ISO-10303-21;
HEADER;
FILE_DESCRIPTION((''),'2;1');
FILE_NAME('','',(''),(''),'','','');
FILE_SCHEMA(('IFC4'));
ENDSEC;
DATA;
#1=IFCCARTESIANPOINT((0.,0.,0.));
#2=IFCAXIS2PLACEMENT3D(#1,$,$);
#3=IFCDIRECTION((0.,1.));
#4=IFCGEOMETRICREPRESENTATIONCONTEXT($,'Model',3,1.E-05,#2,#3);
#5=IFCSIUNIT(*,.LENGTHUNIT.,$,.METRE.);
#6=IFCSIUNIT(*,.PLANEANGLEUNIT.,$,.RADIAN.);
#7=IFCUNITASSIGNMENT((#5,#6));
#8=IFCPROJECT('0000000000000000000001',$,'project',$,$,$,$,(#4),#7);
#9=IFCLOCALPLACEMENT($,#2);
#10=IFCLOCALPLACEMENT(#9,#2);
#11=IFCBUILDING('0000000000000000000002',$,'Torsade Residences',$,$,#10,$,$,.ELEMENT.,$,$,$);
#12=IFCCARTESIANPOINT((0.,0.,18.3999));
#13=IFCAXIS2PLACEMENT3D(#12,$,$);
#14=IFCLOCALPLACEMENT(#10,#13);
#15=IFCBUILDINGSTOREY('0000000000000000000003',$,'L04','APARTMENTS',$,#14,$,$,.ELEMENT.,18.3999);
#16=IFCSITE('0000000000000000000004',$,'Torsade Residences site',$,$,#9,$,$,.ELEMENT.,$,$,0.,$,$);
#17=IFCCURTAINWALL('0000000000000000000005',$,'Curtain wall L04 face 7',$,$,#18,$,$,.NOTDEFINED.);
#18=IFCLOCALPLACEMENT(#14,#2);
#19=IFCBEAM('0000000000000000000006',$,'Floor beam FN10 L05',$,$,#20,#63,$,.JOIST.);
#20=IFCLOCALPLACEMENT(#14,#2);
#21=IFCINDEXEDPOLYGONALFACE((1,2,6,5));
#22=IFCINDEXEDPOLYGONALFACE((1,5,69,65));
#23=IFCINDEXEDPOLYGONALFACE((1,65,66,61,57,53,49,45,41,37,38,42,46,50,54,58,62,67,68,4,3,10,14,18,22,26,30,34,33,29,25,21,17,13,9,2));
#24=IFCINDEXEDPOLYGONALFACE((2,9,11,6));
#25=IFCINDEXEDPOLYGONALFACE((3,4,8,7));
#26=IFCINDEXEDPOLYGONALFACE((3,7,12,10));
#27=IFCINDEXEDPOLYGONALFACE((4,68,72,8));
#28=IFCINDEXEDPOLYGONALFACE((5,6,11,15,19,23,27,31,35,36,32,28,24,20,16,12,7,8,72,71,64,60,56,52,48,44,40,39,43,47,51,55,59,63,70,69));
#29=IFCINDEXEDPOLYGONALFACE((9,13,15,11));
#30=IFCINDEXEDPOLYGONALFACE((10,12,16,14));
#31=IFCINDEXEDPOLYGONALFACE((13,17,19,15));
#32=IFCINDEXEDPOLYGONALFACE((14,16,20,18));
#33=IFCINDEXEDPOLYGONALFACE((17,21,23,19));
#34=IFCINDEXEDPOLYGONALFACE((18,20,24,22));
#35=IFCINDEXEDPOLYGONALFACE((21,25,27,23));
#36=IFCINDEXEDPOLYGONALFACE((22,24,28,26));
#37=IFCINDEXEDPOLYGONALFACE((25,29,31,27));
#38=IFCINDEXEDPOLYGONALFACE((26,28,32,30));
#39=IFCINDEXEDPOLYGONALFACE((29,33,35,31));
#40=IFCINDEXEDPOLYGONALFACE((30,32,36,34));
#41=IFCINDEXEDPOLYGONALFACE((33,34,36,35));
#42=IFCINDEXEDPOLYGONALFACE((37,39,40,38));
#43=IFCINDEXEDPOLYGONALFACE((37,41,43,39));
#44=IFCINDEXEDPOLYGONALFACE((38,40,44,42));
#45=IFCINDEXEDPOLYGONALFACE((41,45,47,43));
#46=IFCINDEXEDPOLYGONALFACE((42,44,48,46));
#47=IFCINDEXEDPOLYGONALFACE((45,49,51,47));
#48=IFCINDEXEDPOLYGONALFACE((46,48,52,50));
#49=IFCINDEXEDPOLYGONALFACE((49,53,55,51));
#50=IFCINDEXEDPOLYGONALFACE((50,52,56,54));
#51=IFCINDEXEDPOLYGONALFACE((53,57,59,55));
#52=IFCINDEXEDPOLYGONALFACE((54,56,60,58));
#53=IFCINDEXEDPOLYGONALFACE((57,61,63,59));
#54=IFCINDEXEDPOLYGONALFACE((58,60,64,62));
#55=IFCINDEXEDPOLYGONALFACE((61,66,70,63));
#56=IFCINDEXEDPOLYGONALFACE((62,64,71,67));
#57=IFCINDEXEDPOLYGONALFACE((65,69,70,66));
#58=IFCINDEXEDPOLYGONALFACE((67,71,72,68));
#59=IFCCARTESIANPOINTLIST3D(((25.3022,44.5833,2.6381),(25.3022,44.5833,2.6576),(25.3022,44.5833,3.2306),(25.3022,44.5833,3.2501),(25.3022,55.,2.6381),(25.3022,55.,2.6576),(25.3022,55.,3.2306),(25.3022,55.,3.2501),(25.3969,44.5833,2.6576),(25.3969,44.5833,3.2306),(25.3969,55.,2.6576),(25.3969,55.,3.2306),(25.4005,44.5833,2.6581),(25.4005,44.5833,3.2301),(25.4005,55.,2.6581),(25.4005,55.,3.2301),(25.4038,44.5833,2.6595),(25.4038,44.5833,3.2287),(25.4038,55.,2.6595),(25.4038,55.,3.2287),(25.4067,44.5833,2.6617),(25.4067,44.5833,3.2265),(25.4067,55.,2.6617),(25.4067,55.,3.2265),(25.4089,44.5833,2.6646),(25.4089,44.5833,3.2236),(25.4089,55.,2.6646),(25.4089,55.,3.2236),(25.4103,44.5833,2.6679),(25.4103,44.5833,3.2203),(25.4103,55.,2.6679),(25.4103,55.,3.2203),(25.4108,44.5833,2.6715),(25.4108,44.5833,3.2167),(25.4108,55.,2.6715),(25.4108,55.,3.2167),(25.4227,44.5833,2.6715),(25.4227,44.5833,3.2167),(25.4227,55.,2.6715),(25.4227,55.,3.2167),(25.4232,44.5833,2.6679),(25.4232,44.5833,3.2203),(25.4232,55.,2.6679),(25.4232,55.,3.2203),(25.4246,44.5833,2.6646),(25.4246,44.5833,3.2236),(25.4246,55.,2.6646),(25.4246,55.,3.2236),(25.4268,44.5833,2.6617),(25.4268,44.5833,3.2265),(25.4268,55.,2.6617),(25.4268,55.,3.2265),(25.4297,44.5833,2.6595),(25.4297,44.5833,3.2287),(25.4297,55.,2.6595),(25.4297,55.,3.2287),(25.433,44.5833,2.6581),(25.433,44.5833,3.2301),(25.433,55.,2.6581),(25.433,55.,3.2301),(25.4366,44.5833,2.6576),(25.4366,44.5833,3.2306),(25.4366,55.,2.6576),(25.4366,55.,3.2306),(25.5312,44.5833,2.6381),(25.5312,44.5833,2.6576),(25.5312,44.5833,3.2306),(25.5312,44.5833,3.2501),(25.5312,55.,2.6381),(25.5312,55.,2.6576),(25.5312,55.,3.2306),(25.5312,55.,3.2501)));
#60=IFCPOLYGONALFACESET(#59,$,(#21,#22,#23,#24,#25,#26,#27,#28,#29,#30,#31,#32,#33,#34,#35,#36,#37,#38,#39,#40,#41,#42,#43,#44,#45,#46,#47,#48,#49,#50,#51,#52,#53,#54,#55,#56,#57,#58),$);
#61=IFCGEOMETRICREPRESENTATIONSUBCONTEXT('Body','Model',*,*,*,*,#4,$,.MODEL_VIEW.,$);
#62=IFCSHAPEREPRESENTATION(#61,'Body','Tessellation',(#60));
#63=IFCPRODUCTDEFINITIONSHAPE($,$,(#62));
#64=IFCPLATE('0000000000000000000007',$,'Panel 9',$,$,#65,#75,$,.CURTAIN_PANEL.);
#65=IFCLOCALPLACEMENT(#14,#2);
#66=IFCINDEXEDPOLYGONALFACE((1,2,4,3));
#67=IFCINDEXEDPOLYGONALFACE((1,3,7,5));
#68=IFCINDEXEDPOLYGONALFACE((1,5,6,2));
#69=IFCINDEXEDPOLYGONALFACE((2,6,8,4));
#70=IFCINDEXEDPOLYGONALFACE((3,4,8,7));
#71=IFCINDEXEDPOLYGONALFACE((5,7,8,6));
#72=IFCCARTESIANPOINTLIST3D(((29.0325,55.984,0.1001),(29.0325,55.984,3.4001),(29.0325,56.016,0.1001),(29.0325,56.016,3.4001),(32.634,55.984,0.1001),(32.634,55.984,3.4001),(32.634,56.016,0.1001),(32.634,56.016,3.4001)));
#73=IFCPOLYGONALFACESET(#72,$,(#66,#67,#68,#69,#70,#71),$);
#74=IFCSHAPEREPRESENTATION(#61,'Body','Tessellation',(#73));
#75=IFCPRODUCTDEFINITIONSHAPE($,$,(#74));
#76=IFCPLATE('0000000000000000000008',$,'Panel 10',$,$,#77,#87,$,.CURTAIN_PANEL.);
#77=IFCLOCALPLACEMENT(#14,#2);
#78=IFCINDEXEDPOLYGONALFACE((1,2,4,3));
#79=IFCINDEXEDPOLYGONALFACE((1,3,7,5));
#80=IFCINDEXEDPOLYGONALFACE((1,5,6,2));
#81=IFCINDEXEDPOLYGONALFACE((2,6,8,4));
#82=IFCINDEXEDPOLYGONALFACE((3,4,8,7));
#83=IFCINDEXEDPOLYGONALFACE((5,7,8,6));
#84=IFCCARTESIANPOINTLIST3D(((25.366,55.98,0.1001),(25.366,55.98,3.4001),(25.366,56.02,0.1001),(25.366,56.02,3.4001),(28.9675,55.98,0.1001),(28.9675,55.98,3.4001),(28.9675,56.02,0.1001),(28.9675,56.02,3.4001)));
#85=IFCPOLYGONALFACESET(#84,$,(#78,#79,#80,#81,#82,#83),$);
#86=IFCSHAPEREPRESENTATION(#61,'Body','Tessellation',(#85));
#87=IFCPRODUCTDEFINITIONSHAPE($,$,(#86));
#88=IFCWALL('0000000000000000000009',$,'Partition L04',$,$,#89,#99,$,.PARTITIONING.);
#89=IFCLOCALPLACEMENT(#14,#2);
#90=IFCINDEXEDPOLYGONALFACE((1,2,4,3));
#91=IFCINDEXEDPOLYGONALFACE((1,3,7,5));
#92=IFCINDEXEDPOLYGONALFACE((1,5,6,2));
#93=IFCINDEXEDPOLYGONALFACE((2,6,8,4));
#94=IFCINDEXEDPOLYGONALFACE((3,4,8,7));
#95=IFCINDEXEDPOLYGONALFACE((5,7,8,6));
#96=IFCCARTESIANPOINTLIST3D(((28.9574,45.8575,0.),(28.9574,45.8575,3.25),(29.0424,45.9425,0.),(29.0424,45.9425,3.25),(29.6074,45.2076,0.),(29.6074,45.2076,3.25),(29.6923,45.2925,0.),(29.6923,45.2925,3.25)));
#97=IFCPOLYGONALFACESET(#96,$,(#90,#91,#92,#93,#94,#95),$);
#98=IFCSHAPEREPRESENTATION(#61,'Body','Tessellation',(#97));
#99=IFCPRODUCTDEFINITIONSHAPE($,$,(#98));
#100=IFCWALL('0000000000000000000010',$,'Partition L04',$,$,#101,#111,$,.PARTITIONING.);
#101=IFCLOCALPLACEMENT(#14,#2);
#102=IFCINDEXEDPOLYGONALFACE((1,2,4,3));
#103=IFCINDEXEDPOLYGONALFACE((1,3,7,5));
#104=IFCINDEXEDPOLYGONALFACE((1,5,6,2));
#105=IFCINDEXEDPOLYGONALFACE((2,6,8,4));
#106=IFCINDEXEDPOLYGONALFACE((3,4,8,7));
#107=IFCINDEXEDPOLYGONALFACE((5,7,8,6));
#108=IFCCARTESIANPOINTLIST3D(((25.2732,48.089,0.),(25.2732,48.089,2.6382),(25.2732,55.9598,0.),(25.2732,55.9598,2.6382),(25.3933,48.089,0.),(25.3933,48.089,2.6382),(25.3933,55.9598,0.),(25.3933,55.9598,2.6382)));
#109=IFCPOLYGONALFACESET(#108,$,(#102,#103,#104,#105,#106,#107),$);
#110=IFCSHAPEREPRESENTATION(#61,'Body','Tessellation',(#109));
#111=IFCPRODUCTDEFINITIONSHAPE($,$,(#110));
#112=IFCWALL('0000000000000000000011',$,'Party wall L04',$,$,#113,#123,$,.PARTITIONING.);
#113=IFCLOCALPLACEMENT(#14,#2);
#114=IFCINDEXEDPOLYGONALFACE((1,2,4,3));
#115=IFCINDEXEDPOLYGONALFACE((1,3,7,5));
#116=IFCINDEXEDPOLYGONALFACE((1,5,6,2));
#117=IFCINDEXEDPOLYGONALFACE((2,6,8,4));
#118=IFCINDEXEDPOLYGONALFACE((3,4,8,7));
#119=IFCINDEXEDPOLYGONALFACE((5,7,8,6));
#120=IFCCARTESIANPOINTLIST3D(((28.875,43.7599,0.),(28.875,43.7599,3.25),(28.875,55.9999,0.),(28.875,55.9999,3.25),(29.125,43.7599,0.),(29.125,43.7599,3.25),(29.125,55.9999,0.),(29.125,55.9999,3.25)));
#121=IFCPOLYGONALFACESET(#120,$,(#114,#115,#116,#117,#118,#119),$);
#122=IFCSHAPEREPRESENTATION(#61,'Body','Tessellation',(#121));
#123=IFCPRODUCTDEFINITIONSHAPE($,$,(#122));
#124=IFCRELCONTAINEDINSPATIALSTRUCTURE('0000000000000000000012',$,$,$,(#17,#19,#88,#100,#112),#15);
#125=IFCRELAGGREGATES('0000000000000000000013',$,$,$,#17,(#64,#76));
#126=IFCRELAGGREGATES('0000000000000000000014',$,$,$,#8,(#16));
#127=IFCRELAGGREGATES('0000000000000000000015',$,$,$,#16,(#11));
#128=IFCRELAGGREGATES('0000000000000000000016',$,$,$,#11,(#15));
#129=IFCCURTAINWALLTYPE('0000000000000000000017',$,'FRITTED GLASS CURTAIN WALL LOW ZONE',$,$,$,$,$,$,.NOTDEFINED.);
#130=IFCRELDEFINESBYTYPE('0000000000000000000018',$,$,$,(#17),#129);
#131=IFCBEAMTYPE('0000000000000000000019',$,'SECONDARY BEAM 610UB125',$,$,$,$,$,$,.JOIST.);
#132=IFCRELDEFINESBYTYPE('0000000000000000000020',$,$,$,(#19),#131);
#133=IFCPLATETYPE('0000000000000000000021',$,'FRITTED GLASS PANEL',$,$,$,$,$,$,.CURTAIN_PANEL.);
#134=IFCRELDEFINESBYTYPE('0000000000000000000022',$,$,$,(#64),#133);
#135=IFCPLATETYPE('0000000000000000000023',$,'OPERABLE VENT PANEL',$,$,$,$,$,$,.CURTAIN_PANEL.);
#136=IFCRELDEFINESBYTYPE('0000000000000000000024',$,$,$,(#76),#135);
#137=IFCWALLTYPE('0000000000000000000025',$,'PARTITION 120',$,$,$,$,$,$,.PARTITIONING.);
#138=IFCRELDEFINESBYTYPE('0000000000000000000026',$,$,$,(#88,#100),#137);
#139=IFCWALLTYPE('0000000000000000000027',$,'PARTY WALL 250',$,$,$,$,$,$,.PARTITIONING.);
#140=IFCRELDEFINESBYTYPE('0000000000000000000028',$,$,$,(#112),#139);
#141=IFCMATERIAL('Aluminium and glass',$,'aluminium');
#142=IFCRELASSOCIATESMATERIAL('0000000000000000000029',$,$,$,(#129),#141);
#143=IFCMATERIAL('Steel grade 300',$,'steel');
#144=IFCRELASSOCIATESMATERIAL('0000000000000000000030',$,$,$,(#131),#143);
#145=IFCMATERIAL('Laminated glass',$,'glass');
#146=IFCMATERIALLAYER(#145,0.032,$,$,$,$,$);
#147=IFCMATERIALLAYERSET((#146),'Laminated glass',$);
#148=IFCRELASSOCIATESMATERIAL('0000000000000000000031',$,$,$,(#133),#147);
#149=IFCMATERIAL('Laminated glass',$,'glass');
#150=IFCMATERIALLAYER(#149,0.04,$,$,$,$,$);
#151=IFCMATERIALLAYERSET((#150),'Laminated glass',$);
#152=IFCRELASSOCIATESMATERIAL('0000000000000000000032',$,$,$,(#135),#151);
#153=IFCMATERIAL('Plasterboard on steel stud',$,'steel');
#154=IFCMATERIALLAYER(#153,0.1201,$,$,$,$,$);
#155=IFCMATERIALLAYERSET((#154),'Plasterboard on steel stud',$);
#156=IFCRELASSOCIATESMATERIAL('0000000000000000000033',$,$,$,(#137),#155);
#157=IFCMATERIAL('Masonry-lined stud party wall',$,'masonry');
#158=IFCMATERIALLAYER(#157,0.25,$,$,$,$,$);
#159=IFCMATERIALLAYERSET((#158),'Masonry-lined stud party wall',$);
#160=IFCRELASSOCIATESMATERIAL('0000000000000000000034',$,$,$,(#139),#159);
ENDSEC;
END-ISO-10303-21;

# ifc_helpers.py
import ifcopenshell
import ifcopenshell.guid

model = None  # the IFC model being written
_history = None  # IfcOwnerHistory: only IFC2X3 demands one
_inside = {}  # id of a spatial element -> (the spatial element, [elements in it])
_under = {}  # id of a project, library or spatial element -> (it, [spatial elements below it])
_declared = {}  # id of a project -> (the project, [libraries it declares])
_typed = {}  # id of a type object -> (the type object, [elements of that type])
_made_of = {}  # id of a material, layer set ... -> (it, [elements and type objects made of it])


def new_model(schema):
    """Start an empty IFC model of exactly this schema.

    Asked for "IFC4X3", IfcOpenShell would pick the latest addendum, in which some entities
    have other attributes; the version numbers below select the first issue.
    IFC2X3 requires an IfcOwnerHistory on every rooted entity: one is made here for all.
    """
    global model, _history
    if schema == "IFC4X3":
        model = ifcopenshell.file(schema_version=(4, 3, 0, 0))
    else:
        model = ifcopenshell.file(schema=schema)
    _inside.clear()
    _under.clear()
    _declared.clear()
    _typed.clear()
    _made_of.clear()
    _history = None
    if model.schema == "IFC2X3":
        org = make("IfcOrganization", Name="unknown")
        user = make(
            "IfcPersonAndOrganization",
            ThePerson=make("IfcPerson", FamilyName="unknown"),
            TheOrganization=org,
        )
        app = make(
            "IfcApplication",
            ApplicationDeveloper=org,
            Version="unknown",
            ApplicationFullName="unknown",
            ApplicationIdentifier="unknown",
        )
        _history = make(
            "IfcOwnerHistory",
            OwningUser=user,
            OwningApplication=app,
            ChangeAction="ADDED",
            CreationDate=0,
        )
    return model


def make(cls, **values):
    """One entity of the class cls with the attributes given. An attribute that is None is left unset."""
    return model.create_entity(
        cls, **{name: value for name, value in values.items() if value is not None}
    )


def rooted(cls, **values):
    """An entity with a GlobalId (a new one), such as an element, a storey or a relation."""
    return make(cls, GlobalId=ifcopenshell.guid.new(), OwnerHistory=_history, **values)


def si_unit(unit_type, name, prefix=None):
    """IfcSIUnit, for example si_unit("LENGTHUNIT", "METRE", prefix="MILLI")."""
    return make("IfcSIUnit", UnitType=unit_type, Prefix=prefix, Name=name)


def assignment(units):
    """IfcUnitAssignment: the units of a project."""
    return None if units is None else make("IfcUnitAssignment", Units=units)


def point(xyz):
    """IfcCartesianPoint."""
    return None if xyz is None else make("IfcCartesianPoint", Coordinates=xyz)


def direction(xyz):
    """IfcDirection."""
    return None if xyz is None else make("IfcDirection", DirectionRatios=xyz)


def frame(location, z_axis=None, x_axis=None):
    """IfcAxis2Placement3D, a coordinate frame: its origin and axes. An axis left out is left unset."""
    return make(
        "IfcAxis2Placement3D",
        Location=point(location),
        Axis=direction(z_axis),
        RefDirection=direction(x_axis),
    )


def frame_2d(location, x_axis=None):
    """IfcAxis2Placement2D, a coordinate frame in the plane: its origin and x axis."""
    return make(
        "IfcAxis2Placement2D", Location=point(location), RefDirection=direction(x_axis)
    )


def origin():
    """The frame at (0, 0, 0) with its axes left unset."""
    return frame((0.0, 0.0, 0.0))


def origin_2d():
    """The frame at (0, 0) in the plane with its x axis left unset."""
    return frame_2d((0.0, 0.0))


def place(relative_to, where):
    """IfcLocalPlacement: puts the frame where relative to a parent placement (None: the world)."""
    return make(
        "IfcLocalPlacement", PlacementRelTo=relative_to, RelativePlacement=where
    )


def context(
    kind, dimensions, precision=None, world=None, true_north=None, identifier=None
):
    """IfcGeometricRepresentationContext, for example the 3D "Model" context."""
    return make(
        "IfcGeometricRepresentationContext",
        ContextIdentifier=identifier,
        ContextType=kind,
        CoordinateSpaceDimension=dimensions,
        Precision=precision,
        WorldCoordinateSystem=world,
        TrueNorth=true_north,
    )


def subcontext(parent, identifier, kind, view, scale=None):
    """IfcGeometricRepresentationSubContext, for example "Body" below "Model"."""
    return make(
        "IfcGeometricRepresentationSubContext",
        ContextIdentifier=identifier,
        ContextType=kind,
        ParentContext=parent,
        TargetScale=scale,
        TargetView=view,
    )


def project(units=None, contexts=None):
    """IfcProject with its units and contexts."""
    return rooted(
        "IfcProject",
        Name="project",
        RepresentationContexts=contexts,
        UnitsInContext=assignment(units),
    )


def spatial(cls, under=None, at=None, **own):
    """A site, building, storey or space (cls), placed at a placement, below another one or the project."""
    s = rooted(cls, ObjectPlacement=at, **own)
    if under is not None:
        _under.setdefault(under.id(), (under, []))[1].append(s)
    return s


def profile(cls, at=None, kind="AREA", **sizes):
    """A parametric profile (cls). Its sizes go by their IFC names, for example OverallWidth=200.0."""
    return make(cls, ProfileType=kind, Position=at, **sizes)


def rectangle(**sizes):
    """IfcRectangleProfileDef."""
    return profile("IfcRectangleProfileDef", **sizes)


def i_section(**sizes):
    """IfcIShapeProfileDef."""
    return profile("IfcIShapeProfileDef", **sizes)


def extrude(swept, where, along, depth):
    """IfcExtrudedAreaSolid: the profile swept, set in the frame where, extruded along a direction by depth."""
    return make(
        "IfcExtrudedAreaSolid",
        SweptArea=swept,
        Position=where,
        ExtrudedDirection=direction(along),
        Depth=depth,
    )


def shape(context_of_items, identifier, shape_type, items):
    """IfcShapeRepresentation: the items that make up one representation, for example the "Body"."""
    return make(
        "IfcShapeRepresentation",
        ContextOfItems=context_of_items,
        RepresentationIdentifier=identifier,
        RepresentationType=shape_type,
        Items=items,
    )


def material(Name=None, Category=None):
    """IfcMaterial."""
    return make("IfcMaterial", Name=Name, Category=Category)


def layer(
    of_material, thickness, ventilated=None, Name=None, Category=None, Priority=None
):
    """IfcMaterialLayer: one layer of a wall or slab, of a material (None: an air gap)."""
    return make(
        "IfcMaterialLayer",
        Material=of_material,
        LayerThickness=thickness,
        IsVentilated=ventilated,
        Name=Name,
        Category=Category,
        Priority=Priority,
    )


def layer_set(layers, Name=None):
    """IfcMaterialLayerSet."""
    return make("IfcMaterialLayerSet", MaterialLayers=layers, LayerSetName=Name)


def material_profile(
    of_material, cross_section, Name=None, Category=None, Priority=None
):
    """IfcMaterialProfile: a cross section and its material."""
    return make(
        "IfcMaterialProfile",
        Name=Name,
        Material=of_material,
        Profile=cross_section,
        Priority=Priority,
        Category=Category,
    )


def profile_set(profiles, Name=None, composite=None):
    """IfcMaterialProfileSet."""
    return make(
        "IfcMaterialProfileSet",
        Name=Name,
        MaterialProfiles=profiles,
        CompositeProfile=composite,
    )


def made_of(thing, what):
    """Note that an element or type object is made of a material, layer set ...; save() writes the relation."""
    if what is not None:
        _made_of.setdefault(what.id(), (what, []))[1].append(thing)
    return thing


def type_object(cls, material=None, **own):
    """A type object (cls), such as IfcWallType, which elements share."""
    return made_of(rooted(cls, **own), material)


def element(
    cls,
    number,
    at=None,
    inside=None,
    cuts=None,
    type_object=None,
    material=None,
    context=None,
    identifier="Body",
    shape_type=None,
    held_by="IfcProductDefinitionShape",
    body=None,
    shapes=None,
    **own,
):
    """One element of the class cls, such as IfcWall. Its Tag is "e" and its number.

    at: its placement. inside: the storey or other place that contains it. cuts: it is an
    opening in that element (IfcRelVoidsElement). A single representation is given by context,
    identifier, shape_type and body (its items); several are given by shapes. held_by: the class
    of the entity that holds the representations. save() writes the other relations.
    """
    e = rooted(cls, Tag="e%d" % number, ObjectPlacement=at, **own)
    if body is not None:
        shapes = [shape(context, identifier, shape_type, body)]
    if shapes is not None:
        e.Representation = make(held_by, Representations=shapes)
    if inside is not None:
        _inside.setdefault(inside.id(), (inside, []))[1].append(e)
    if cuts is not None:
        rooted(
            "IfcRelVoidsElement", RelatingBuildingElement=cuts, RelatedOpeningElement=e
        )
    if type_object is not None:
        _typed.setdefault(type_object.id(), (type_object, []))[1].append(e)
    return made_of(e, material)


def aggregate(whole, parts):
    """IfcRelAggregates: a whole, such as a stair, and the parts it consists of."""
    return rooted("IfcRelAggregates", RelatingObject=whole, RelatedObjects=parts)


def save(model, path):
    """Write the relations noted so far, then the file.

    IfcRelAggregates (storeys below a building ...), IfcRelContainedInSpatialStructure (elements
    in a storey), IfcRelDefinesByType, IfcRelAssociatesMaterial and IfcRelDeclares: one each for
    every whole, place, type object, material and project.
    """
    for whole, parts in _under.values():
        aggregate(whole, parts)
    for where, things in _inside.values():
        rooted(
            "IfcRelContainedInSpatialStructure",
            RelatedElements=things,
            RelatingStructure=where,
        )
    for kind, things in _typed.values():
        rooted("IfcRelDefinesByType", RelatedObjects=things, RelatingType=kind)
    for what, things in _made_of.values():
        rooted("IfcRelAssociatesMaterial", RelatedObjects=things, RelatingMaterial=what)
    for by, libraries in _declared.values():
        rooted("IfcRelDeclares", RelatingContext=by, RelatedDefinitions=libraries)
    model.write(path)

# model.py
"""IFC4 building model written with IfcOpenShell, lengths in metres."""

from ifc_helpers import new_model, si_unit, direction, frame, frame_2d, origin, origin_2d, place, context, subcontext, project, spatial, rectangle, i_section, extrude, material, layer, layer_set, material_profile, profile_set, type_object, element, aggregate, save


model = new_model("IFC4")

# Units and contexts
model_context = context("Model", 3, precision=1e-05, world=origin(), true_north=direction((0.0, 1.0)))
body_context = subcontext(model_context, "Body", "Model", "MODEL_VIEW")
ifc_project = project(units=[si_unit("LENGTHUNIT", "METRE"), si_unit("PLANEANGLEUNIT", "RADIAN")], contexts=[model_context])

# Site, building, storey
site_placement = place(None, origin())
site = spatial("IfcSite", under=ifc_project, at=site_placement, Name="Torsade Residences site", CompositionType="ELEMENT", RefElevation=0.0)
building_placement = place(site_placement, origin())
building = spatial("IfcBuilding", under=site, at=building_placement, Name="Torsade Residences", CompositionType="ELEMENT")
storey_placement = place(building_placement, frame((0.0, 0.0, 18.3999)))
storey = spatial("IfcBuildingStorey", under=building, at=storey_placement, Name="L04", Description="APARTMENTS", CompositionType="ELEMENT", Elevation=18.3999)

# Curtain wall
ifc_material_1 = material(Name="Aluminium and glass", Category="aluminium")
curtain_wall_type = type_object("IfcCurtainWallType", Name="FRITTED GLASS CURTAIN WALL LOW ZONE", PredefinedType="NOTDEFINED", material=ifc_material_1)
curtain_wall_placement = place(storey_placement, origin())
curtain_wall = element("IfcCurtainWall", 1, at=curtain_wall_placement, inside=storey, type_object=curtain_wall_type, Name="Curtain wall L04 face 7", PredefinedType="NOTDEFINED")

# Beam
ifc_material_2 = material(Name="Steel grade 300", Category="steel")
ifc_material_profile_1 = material_profile(ifc_material_2, i_section(OverallWidth=0.229, OverallDepth=0.6121, WebThickness=0.012, FlangeThickness=0.0195, FilletRadius=0.0139, at=origin_2d()), Name="610UB125")
ifc_profile_set_1 = profile_set([ifc_material_profile_1], Name="Steel grade 300")
beam_type_1 = type_object("IfcBeamType", Name="SECONDARY BEAM 610UB125", PredefinedType="JOIST", material=ifc_profile_set_1)
beam_1_placement = place(storey_placement, frame((25.4167, 55.0, 2.9441), z_axis=(0.0, -1.0, 0.0), x_axis=(1.0, 0.0, 0.0)))
element("IfcBeam", 2, at=beam_1_placement, inside=storey, type_object=beam_type_1, Name="Floor beam FN10 L05", PredefinedType="JOIST", context=body_context, shape_type="SweptSolid", body=[
    extrude(i_section(OverallWidth=0.229, OverallDepth=0.6121, WebThickness=0.012, FlangeThickness=0.0195, FilletRadius=0.0139, at=origin_2d()), origin(), (0.0, 0.0, 1.0), 10.4167),
])

# Plates
ifc_material_3 = material(Name="Laminated glass", Category="glass")
ifc_layer_1 = layer(ifc_material_3, 0.032)
ifc_layer_set_1 = layer_set([ifc_layer_1], Name="Laminated glass")
plate_type_1 = type_object("IfcPlateType", Name="FRITTED GLASS PANEL", PredefinedType="CURTAIN_PANEL", material=ifc_layer_set_1)
plate_1_placement = place(storey_placement, frame((30.8333, 56.0, 0.1001), z_axis=(0.0, 0.0, 1.0), x_axis=(-1.0, 0.0, 0.0)))
plate_1 = element("IfcPlate", 3, at=plate_1_placement, type_object=plate_type_1, Name="Panel 9", PredefinedType="CURTAIN_PANEL", context=body_context, shape_type="SweptSolid", body=[
    extrude(rectangle(XDim=3.6016, YDim=0.032, at=origin_2d()), origin(), (0.0, 0.0, 1.0), 3.3),
])
ifc_material_4 = material(Name="Laminated glass", Category="glass")
ifc_layer_2 = layer(ifc_material_4, 0.04)
ifc_layer_set_2 = layer_set([ifc_layer_2], Name="Laminated glass")
plate_type_2 = type_object("IfcPlateType", Name="OPERABLE VENT PANEL", PredefinedType="CURTAIN_PANEL", material=ifc_layer_set_2)
plate_2_placement = place(storey_placement, frame((27.1667, 56.0, 0.1001), z_axis=(0.0, 0.0, 1.0), x_axis=(-1.0, 0.0, 0.0)))
plate_2 = element("IfcPlate", 4, at=plate_2_placement, type_object=plate_type_2, Name="Panel 10", PredefinedType="CURTAIN_PANEL", context=body_context, shape_type="SweptSolid", body=[
    extrude(rectangle(XDim=3.6016, YDim=0.04, at=origin_2d()), origin(), (0.0, 0.0, 1.0), 3.3),
])
aggregate(curtain_wall, [plate_1, plate_2])

# Walls
ifc_material_5 = material(Name="Plasterboard on steel stud", Category="steel")
ifc_layer_3 = layer(ifc_material_5, 0.1201)
ifc_layer_set_3 = layer_set([ifc_layer_3], Name="Plasterboard on steel stud")
wall_type_1 = type_object("IfcWallType", Name="PARTITION 120", PredefinedType="PARTITIONING", material=ifc_layer_set_3)
wall_1_placement = place(storey_placement, frame((29.0, 45.8999, 0.0), z_axis=(0.0, 0.0, 1.0), x_axis=(0.707107, -0.707107, 0.0)))
element("IfcWall", 5, at=wall_1_placement, inside=storey, type_object=wall_type_1, Name="Partition L04", PredefinedType="PARTITIONING", context=body_context, shape_type="SweptSolid", body=[
    extrude(rectangle(XDim=0.9192, YDim=0.1201, at=frame_2d((0.4595, 0.0))), origin(), (0.0, 0.0, 1.0), 3.25),
])
wall_2_placement = place(storey_placement, frame((25.3333, 55.96, 0.0), z_axis=(0.0, 0.0, 1.0), x_axis=(0.0, -1.0, 0.0)))
element("IfcWall", 6, at=wall_2_placement, inside=storey, type_object=wall_type_1, Name="Partition L04", PredefinedType="PARTITIONING", context=body_context, shape_type="SweptSolid", body=[
    extrude(rectangle(XDim=7.8708, YDim=0.1201, at=frame_2d((3.9355, 0.0))), origin(), (0.0, 0.0, 1.0), 2.6382),
])
ifc_material_6 = material(Name="Masonry-lined stud party wall", Category="masonry")
ifc_layer_4 = layer(ifc_material_6, 0.25)
ifc_layer_set_4 = layer_set([ifc_layer_4], Name="Masonry-lined stud party wall")
wall_type_2 = type_object("IfcWallType", Name="PARTY WALL 250", PredefinedType="PARTITIONING", material=ifc_layer_set_4)
wall_3_placement = place(storey_placement, frame((29.0, 56.0, 0.0), z_axis=(0.0, 0.0, 1.0), x_axis=(0.0, -1.0, 0.0)))
element("IfcWall", 7, at=wall_3_placement, inside=storey, type_object=wall_type_2, Name="Party wall L04", PredefinedType="PARTITIONING", context=body_context, shape_type="SweptSolid", body=[
    extrude(rectangle(XDim=12.24, YDim=0.25, at=frame_2d((6.1201, 0.0))), origin(), (0.0, 0.0, 1.0), 3.25),
])

save(model, "model.ifc")
